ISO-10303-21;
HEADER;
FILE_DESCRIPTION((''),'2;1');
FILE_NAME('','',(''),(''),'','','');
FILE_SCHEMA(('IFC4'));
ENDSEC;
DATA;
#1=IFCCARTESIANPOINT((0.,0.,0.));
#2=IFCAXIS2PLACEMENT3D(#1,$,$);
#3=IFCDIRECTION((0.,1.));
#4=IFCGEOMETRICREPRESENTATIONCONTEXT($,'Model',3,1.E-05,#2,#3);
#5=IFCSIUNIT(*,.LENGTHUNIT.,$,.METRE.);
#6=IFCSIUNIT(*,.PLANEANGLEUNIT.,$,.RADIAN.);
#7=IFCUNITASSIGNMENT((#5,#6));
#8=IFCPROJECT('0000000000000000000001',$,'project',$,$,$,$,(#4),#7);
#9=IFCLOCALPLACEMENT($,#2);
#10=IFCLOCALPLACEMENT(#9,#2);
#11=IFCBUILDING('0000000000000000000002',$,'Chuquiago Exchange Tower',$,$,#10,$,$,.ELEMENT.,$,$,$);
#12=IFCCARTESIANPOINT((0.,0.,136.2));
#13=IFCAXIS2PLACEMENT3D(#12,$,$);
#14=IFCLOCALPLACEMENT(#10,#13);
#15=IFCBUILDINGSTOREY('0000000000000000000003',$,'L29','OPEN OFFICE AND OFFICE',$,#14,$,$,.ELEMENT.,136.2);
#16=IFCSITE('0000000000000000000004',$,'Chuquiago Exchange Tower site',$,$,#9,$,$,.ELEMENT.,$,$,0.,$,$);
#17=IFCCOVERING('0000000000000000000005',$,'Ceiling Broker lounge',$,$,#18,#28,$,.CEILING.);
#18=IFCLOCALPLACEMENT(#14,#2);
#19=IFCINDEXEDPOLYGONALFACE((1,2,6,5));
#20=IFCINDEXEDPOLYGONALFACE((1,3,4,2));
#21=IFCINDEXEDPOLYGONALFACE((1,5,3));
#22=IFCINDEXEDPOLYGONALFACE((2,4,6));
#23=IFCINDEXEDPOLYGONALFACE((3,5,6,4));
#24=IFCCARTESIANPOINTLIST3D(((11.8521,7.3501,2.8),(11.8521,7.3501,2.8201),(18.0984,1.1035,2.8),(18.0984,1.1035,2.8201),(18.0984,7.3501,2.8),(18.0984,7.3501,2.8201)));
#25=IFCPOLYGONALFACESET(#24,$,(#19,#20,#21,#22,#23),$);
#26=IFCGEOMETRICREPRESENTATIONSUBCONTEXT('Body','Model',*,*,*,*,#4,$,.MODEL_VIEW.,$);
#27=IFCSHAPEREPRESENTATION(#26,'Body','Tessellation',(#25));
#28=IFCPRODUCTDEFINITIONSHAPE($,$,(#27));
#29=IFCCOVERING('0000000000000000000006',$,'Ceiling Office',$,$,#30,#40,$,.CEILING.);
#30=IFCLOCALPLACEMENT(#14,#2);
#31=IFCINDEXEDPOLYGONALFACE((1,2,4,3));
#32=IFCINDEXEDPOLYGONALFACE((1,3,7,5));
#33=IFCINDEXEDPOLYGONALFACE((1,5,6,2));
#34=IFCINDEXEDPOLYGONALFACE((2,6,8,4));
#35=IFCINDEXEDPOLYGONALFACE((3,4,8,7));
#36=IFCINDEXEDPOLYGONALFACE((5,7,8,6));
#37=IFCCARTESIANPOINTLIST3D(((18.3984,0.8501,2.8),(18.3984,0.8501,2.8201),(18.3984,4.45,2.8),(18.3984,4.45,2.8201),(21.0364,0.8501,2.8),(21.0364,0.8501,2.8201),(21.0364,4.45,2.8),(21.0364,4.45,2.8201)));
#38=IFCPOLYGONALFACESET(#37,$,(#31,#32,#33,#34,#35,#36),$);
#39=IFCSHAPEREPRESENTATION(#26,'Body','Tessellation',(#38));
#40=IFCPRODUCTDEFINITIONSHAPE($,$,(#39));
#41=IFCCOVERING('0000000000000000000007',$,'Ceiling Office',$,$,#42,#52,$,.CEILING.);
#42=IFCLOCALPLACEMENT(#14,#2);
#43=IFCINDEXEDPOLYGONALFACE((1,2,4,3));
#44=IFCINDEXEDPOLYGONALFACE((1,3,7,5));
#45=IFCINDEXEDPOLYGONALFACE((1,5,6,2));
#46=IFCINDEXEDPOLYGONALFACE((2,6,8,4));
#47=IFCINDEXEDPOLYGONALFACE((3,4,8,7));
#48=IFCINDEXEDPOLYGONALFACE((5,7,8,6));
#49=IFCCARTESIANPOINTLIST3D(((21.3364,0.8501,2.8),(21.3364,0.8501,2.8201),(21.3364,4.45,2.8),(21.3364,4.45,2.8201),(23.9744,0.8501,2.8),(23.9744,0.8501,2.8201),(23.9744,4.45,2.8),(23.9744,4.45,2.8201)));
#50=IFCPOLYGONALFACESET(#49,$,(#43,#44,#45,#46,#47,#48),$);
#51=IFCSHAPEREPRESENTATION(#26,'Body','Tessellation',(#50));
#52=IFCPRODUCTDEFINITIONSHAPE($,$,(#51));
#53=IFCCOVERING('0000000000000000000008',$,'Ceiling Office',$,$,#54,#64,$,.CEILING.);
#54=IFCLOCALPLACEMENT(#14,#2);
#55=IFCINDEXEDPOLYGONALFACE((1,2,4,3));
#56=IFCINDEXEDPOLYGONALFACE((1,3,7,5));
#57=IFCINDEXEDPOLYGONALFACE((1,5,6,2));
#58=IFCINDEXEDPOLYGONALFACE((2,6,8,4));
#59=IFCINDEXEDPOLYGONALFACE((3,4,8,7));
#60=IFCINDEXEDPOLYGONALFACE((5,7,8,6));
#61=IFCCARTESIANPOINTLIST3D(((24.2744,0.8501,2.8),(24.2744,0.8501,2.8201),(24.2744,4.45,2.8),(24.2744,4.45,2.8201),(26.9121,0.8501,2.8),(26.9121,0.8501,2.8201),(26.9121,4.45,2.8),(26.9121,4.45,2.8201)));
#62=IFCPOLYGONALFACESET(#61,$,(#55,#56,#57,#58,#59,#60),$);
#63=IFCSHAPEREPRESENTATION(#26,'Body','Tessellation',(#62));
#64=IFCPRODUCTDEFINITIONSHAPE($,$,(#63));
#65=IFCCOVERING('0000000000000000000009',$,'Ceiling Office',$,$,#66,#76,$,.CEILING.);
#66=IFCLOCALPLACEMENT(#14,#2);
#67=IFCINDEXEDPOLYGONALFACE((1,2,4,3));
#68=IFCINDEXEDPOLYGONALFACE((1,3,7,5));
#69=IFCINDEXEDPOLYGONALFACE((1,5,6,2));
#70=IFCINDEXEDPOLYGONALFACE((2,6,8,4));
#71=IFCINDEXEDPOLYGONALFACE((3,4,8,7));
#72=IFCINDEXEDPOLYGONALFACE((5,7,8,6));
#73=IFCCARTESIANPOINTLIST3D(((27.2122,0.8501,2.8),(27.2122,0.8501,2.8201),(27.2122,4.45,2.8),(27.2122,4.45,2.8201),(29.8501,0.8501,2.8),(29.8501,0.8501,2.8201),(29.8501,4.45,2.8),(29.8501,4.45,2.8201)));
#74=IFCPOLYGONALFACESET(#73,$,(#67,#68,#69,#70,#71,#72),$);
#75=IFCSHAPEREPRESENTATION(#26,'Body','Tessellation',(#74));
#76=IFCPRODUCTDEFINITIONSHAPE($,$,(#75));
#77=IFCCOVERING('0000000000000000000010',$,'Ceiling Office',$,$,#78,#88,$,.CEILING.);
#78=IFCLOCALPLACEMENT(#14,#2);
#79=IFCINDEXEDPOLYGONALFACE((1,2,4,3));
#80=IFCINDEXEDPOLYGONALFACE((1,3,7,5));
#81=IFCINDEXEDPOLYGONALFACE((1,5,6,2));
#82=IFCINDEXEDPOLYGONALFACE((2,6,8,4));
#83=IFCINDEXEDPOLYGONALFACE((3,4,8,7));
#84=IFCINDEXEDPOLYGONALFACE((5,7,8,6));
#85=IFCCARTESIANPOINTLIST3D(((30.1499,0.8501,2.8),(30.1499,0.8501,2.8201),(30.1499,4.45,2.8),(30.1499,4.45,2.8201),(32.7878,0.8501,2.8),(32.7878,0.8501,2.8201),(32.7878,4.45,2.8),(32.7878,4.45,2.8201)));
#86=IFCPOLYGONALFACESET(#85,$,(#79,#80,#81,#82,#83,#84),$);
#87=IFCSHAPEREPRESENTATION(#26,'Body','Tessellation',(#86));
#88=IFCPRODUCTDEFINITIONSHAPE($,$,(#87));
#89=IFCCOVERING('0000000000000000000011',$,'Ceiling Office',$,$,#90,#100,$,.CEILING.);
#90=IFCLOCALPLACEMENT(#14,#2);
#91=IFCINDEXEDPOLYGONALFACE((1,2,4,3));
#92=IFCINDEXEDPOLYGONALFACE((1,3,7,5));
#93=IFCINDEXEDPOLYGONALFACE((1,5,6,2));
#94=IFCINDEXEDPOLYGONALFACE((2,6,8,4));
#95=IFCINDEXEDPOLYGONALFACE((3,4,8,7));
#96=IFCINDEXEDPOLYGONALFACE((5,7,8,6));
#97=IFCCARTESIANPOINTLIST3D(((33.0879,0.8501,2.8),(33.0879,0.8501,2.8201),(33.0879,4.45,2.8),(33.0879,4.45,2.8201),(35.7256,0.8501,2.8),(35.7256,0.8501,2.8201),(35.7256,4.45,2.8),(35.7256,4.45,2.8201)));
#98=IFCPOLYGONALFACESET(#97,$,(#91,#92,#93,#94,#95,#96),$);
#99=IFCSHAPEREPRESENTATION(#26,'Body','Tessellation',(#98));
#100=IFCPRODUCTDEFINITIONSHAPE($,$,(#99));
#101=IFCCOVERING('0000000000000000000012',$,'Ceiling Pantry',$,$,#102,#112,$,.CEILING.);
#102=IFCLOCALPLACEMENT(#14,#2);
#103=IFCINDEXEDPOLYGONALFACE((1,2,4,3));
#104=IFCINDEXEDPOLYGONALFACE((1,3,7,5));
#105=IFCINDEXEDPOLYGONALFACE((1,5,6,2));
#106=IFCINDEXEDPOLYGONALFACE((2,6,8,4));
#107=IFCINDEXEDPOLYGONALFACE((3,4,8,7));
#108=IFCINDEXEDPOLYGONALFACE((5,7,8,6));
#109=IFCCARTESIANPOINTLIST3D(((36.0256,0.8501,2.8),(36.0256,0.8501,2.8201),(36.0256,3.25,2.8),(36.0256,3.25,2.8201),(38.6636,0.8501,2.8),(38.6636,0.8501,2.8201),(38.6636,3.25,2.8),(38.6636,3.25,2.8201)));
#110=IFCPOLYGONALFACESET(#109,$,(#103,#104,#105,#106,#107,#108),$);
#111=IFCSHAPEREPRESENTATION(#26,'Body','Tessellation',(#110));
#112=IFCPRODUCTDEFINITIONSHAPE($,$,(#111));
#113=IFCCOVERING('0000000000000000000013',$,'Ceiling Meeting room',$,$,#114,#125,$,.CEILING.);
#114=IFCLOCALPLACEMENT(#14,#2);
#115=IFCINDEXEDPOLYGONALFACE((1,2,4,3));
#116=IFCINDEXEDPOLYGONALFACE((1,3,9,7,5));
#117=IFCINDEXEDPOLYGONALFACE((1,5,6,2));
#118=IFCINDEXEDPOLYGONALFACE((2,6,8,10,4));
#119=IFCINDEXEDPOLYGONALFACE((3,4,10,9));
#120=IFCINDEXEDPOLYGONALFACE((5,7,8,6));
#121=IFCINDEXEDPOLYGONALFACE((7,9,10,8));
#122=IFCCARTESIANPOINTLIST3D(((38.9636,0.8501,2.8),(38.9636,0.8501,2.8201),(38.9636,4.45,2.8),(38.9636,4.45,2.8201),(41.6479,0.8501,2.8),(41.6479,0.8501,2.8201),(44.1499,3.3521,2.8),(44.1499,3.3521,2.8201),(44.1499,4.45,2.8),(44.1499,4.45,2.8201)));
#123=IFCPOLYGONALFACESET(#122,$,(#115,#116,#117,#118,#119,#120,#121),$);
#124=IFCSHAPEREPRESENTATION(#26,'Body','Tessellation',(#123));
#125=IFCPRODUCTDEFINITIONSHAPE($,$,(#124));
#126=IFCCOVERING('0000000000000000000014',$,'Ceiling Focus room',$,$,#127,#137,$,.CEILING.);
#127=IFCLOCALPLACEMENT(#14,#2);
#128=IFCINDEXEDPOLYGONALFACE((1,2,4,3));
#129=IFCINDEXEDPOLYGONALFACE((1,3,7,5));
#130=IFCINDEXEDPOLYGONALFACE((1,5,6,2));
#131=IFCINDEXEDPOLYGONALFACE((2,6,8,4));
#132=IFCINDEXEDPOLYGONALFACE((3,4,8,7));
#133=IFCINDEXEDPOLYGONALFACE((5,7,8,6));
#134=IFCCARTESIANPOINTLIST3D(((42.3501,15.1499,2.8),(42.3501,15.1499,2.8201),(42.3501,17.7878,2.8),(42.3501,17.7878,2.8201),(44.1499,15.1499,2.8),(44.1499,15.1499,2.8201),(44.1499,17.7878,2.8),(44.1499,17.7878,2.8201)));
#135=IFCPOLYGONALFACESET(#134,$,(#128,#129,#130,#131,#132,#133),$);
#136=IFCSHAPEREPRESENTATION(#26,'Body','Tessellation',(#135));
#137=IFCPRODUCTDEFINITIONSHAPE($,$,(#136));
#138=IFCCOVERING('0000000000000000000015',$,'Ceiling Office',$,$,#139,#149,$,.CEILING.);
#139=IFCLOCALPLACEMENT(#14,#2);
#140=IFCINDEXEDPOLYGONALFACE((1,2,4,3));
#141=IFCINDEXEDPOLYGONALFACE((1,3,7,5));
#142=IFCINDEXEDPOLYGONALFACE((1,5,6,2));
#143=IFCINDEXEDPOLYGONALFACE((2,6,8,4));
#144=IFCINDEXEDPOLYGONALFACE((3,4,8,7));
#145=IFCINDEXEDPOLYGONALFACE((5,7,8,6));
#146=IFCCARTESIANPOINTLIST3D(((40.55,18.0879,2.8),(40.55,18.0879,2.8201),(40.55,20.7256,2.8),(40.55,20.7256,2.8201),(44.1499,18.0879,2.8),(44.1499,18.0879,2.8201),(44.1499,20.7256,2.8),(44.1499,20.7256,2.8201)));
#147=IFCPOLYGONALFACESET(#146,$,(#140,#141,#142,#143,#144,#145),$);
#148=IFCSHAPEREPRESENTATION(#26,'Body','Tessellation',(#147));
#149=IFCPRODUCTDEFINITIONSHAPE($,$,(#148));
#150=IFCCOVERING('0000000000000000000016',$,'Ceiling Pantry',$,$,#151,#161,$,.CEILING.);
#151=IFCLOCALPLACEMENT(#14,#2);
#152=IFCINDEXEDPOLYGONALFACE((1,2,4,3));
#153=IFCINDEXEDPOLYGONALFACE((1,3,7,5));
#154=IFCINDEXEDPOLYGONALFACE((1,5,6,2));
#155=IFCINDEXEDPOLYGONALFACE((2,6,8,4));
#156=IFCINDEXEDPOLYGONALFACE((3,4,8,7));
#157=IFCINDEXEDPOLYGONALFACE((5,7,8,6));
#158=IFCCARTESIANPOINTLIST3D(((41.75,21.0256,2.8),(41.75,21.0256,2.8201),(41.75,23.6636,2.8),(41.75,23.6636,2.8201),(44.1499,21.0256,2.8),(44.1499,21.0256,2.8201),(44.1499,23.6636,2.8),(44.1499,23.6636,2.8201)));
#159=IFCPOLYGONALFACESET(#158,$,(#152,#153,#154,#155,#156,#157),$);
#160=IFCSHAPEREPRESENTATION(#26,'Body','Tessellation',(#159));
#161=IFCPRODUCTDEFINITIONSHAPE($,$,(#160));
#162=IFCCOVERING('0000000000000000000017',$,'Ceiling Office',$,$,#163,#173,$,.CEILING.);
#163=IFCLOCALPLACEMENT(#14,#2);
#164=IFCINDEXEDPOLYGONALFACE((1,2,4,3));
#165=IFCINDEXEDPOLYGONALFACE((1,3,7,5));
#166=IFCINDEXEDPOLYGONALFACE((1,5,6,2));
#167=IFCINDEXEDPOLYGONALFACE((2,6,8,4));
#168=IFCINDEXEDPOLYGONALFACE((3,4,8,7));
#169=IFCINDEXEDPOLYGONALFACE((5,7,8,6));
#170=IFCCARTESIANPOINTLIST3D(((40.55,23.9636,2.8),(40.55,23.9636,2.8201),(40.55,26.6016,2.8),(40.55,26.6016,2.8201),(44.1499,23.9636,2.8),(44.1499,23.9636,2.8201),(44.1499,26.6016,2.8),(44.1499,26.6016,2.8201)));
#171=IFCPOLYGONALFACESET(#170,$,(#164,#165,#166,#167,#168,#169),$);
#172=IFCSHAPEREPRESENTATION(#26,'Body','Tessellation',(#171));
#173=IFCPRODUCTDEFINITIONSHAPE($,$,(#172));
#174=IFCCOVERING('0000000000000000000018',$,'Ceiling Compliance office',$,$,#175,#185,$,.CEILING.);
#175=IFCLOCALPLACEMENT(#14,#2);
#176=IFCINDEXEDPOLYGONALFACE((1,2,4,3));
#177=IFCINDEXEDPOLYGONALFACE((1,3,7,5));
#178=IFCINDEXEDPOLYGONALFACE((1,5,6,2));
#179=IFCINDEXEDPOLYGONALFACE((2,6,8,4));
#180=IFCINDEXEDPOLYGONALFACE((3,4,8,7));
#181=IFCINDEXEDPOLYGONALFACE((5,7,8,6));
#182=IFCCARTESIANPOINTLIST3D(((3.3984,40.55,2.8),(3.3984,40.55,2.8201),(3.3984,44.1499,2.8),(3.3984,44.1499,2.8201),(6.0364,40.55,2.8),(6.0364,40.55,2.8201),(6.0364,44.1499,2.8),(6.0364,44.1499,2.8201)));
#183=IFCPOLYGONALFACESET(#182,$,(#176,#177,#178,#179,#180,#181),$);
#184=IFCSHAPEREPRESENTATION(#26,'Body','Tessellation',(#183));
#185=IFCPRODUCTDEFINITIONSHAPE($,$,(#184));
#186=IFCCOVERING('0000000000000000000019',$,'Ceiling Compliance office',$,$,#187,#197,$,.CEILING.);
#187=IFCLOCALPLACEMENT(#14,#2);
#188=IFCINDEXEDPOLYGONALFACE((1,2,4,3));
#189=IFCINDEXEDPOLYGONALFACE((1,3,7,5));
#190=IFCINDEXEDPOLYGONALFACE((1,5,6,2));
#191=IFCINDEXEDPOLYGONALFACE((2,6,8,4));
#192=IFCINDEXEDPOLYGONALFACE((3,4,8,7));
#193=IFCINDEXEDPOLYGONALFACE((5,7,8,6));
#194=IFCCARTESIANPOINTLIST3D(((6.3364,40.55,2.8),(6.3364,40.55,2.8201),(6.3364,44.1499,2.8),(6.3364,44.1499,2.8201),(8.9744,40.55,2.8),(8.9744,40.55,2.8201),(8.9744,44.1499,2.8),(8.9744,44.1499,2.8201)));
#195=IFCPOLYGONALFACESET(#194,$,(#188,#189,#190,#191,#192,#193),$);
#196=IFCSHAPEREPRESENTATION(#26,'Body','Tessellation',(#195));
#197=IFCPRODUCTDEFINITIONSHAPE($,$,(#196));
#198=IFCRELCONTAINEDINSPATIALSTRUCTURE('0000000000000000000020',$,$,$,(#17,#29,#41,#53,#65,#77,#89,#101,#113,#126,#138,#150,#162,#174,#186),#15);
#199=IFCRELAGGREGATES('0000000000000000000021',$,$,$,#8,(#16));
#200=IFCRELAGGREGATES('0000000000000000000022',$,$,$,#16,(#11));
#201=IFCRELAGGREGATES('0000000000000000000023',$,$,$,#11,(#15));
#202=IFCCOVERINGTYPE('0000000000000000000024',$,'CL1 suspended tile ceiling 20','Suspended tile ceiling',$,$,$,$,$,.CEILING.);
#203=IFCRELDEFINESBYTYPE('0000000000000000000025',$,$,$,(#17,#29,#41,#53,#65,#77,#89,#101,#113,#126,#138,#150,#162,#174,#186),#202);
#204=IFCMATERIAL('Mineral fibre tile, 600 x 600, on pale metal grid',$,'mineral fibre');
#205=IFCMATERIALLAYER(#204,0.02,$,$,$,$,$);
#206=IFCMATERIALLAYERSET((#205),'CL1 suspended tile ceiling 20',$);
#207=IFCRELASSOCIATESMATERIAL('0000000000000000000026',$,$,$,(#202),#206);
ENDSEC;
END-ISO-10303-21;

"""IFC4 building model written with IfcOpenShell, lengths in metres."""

from ifc_helpers import new_model, si_unit, direction, frame, origin, place, context, subcontext, project, spatial, polyline, outline, extrude, material, layer, layer_set, type_object, element, save


model = new_model("IFC4")

# Units and contexts
model_context = context("Model", 3, precision=1e-05, world=origin(), true_north=direction((0.0, 1.0)))
body_context = subcontext(model_context, "Body", "Model", "MODEL_VIEW")
ifc_project = project(units=[si_unit("LENGTHUNIT", "METRE"), si_unit("PLANEANGLEUNIT", "RADIAN")], contexts=[model_context])

# Site, building, storey
site_placement = place(None, origin())
site = spatial("IfcSite", under=ifc_project, at=site_placement, Name="Chuquiago Exchange Tower site", CompositionType="ELEMENT", RefElevation=0.0)
building_placement = place(site_placement, origin())
building = spatial("IfcBuilding", under=site, at=building_placement, Name="Chuquiago Exchange Tower", CompositionType="ELEMENT")
storey_placement = place(building_placement, frame((0.0, 0.0, 136.2)))
storey = spatial("IfcBuildingStorey", under=building, at=storey_placement, Name="L29", Description="OPEN OFFICE AND OFFICE", CompositionType="ELEMENT", Elevation=136.2)

# Coverings
ifc_material_1 = material(Name="Mineral fibre tile, 600 x 600, on pale metal grid", Category="mineral fibre")
ifc_layer_1 = layer(ifc_material_1, 0.02)
ifc_layer_set_1 = layer_set([ifc_layer_1], Name="CL1 suspended tile ceiling 20")
covering_type_1 = type_object("IfcCoveringType", Name="CL1 suspended tile ceiling 20", Description="Suspended tile ceiling", PredefinedType="CEILING", material=ifc_layer_set_1)
covering_1_placement = place(storey_placement, frame((0.0, 0.0, 2.8)))
element("IfcCovering", 1, at=covering_1_placement, inside=storey, type_object=covering_type_1, Name="Ceiling Broker lounge", PredefinedType="CEILING", context=body_context, shape_type="SweptSolid", body=[
    extrude(outline(polyline([(18.0984, 7.3501), (18.0984, 1.1035), (11.8521, 7.3501), (18.0984, 7.3501)])), origin(), (0.0, 0.0, 1.0), 0.02),
])
covering_2_placement = place(storey_placement, frame((0.0, 0.0, 2.8)))
element("IfcCovering", 2, at=covering_2_placement, inside=storey, type_object=covering_type_1, Name="Ceiling Office", PredefinedType="CEILING", context=body_context, shape_type="SweptSolid", body=[
    extrude(outline(polyline([(18.3984, 4.45), (21.0364, 4.45), (21.0364, 0.8501), (18.3984, 0.8501), (18.3984, 4.45)])), origin(), (0.0, 0.0, 1.0), 0.02),
])
covering_3_placement = place(storey_placement, frame((0.0, 0.0, 2.8)))
element("IfcCovering", 3, at=covering_3_placement, inside=storey, type_object=covering_type_1, Name="Ceiling Office", PredefinedType="CEILING", context=body_context, shape_type="SweptSolid", body=[
    extrude(outline(polyline([(21.3364, 4.45), (23.9744, 4.45), (23.9744, 0.8501), (21.3364, 0.8501), (21.3364, 4.45)])), origin(), (0.0, 0.0, 1.0), 0.02),
])
covering_4_placement = place(storey_placement, frame((0.0, 0.0, 2.8)))
element("IfcCovering", 4, at=covering_4_placement, inside=storey, type_object=covering_type_1, Name="Ceiling Office", PredefinedType="CEILING", context=body_context, shape_type="SweptSolid", body=[
    extrude(outline(polyline([(24.2744, 4.45), (26.9121, 4.45), (26.9121, 0.8501), (24.2744, 0.8501), (24.2744, 4.45)])), origin(), (0.0, 0.0, 1.0), 0.02),
])
covering_5_placement = place(storey_placement, frame((0.0, 0.0, 2.8)))
element("IfcCovering", 5, at=covering_5_placement, inside=storey, type_object=covering_type_1, Name="Ceiling Office", PredefinedType="CEILING", context=body_context, shape_type="SweptSolid", body=[
    extrude(outline(polyline([(27.2122, 4.45), (29.8501, 4.45), (29.8501, 0.8501), (27.2122, 0.8501), (27.2122, 4.45)])), origin(), (0.0, 0.0, 1.0), 0.02),
])
covering_6_placement = place(storey_placement, frame((0.0, 0.0, 2.8)))
element("IfcCovering", 6, at=covering_6_placement, inside=storey, type_object=covering_type_1, Name="Ceiling Office", PredefinedType="CEILING", context=body_context, shape_type="SweptSolid", body=[
    extrude(outline(polyline([(30.1499, 4.45), (32.7878, 4.45), (32.7878, 0.8501), (30.1499, 0.8501), (30.1499, 4.45)])), origin(), (0.0, 0.0, 1.0), 0.02),
])
covering_7_placement = place(storey_placement, frame((0.0, 0.0, 2.8)))
element("IfcCovering", 7, at=covering_7_placement, inside=storey, type_object=covering_type_1, Name="Ceiling Office", PredefinedType="CEILING", context=body_context, shape_type="SweptSolid", body=[
    extrude(outline(polyline([(33.0879, 4.45), (35.7256, 4.45), (35.7256, 0.8501), (33.0879, 0.8501), (33.0879, 4.45)])), origin(), (0.0, 0.0, 1.0), 0.02),
])
covering_8_placement = place(storey_placement, frame((0.0, 0.0, 2.8)))
element("IfcCovering", 8, at=covering_8_placement, inside=storey, type_object=covering_type_1, Name="Ceiling Pantry", PredefinedType="CEILING", context=body_context, shape_type="SweptSolid", body=[
    extrude(outline(polyline([(36.0256, 3.25), (38.6636, 3.25), (38.6636, 0.8501), (36.0256, 0.8501), (36.0256, 3.25)])), origin(), (0.0, 0.0, 1.0), 0.02),
])
covering_9_placement = place(storey_placement, frame((0.0, 0.0, 2.8)))
element("IfcCovering", 9, at=covering_9_placement, inside=storey, type_object=covering_type_1, Name="Ceiling Meeting room", PredefinedType="CEILING", context=body_context, shape_type="SweptSolid", body=[
    extrude(outline(polyline([(41.6479, 0.8501), (38.9636, 0.8501), (38.9636, 4.45), (44.1499, 4.45), (44.1499, 3.3521), (41.6479, 0.8501)])), origin(), (0.0, 0.0, 1.0), 0.02),
])
covering_10_placement = place(storey_placement, frame((0.0, 0.0, 2.8)))
element("IfcCovering", 10, at=covering_10_placement, inside=storey, type_object=covering_type_1, Name="Ceiling Focus room", PredefinedType="CEILING", context=body_context, shape_type="SweptSolid", body=[
    extrude(outline(polyline([(42.3501, 15.1499), (42.3501, 17.7878), (44.1499, 17.7878), (44.1499, 15.1499), (42.3501, 15.1499)])), origin(), (0.0, 0.0, 1.0), 0.02),
])
covering_11_placement = place(storey_placement, frame((0.0, 0.0, 2.8)))
element("IfcCovering", 11, at=covering_11_placement, inside=storey, type_object=covering_type_1, Name="Ceiling Office", PredefinedType="CEILING", context=body_context, shape_type="SweptSolid", body=[
    extrude(outline(polyline([(40.55, 18.0879), (40.55, 20.7256), (44.1499, 20.7256), (44.1499, 18.0879), (40.55, 18.0879)])), origin(), (0.0, 0.0, 1.0), 0.02),
])
covering_12_placement = place(storey_placement, frame((0.0, 0.0, 2.8)))
element("IfcCovering", 12, at=covering_12_placement, inside=storey, type_object=covering_type_1, Name="Ceiling Pantry", PredefinedType="CEILING", context=body_context, shape_type="SweptSolid", body=[
    extrude(outline(polyline([(41.75, 21.0256), (41.75, 23.6636), (44.1499, 23.6636), (44.1499, 21.0256), (41.75, 21.0256)])), origin(), (0.0, 0.0, 1.0), 0.02),
])
covering_13_placement = place(storey_placement, frame((0.0, 0.0, 2.8)))
element("IfcCovering", 13, at=covering_13_placement, inside=storey, type_object=covering_type_1, Name="Ceiling Office", PredefinedType="CEILING", context=body_context, shape_type="SweptSolid", body=[
    extrude(outline(polyline([(44.1499, 23.9636), (40.55, 23.9636), (40.55, 26.6016), (44.1499, 26.6016), (44.1499, 23.9636)])), origin(), (0.0, 0.0, 1.0), 0.02),
])
covering_14_placement = place(storey_placement, frame((0.0, 0.0, 2.8)))
element("IfcCovering", 14, at=covering_14_placement, inside=storey, type_object=covering_type_1, Name="Ceiling Compliance office", PredefinedType="CEILING", context=body_context, shape_type="SweptSolid", body=[
    extrude(outline(polyline([(6.0364, 44.1499), (6.0364, 40.55), (3.3984, 40.55), (3.3984, 44.1499), (6.0364, 44.1499)])), origin(), (0.0, 0.0, 1.0), 0.02),
])
covering_15_placement = place(storey_placement, frame((0.0, 0.0, 2.8)))
element("IfcCovering", 15, at=covering_15_placement, inside=storey, type_object=covering_type_1, Name="Ceiling Compliance office", PredefinedType="CEILING", context=body_context, shape_type="SweptSolid", body=[
    extrude(outline(polyline([(8.9744, 40.55), (6.3364, 40.55), (6.3364, 44.1499), (8.9744, 44.1499), (8.9744, 40.55)])), origin(), (0.0, 0.0, 1.0), 0.02),
])

save(model, "model.ifc")
